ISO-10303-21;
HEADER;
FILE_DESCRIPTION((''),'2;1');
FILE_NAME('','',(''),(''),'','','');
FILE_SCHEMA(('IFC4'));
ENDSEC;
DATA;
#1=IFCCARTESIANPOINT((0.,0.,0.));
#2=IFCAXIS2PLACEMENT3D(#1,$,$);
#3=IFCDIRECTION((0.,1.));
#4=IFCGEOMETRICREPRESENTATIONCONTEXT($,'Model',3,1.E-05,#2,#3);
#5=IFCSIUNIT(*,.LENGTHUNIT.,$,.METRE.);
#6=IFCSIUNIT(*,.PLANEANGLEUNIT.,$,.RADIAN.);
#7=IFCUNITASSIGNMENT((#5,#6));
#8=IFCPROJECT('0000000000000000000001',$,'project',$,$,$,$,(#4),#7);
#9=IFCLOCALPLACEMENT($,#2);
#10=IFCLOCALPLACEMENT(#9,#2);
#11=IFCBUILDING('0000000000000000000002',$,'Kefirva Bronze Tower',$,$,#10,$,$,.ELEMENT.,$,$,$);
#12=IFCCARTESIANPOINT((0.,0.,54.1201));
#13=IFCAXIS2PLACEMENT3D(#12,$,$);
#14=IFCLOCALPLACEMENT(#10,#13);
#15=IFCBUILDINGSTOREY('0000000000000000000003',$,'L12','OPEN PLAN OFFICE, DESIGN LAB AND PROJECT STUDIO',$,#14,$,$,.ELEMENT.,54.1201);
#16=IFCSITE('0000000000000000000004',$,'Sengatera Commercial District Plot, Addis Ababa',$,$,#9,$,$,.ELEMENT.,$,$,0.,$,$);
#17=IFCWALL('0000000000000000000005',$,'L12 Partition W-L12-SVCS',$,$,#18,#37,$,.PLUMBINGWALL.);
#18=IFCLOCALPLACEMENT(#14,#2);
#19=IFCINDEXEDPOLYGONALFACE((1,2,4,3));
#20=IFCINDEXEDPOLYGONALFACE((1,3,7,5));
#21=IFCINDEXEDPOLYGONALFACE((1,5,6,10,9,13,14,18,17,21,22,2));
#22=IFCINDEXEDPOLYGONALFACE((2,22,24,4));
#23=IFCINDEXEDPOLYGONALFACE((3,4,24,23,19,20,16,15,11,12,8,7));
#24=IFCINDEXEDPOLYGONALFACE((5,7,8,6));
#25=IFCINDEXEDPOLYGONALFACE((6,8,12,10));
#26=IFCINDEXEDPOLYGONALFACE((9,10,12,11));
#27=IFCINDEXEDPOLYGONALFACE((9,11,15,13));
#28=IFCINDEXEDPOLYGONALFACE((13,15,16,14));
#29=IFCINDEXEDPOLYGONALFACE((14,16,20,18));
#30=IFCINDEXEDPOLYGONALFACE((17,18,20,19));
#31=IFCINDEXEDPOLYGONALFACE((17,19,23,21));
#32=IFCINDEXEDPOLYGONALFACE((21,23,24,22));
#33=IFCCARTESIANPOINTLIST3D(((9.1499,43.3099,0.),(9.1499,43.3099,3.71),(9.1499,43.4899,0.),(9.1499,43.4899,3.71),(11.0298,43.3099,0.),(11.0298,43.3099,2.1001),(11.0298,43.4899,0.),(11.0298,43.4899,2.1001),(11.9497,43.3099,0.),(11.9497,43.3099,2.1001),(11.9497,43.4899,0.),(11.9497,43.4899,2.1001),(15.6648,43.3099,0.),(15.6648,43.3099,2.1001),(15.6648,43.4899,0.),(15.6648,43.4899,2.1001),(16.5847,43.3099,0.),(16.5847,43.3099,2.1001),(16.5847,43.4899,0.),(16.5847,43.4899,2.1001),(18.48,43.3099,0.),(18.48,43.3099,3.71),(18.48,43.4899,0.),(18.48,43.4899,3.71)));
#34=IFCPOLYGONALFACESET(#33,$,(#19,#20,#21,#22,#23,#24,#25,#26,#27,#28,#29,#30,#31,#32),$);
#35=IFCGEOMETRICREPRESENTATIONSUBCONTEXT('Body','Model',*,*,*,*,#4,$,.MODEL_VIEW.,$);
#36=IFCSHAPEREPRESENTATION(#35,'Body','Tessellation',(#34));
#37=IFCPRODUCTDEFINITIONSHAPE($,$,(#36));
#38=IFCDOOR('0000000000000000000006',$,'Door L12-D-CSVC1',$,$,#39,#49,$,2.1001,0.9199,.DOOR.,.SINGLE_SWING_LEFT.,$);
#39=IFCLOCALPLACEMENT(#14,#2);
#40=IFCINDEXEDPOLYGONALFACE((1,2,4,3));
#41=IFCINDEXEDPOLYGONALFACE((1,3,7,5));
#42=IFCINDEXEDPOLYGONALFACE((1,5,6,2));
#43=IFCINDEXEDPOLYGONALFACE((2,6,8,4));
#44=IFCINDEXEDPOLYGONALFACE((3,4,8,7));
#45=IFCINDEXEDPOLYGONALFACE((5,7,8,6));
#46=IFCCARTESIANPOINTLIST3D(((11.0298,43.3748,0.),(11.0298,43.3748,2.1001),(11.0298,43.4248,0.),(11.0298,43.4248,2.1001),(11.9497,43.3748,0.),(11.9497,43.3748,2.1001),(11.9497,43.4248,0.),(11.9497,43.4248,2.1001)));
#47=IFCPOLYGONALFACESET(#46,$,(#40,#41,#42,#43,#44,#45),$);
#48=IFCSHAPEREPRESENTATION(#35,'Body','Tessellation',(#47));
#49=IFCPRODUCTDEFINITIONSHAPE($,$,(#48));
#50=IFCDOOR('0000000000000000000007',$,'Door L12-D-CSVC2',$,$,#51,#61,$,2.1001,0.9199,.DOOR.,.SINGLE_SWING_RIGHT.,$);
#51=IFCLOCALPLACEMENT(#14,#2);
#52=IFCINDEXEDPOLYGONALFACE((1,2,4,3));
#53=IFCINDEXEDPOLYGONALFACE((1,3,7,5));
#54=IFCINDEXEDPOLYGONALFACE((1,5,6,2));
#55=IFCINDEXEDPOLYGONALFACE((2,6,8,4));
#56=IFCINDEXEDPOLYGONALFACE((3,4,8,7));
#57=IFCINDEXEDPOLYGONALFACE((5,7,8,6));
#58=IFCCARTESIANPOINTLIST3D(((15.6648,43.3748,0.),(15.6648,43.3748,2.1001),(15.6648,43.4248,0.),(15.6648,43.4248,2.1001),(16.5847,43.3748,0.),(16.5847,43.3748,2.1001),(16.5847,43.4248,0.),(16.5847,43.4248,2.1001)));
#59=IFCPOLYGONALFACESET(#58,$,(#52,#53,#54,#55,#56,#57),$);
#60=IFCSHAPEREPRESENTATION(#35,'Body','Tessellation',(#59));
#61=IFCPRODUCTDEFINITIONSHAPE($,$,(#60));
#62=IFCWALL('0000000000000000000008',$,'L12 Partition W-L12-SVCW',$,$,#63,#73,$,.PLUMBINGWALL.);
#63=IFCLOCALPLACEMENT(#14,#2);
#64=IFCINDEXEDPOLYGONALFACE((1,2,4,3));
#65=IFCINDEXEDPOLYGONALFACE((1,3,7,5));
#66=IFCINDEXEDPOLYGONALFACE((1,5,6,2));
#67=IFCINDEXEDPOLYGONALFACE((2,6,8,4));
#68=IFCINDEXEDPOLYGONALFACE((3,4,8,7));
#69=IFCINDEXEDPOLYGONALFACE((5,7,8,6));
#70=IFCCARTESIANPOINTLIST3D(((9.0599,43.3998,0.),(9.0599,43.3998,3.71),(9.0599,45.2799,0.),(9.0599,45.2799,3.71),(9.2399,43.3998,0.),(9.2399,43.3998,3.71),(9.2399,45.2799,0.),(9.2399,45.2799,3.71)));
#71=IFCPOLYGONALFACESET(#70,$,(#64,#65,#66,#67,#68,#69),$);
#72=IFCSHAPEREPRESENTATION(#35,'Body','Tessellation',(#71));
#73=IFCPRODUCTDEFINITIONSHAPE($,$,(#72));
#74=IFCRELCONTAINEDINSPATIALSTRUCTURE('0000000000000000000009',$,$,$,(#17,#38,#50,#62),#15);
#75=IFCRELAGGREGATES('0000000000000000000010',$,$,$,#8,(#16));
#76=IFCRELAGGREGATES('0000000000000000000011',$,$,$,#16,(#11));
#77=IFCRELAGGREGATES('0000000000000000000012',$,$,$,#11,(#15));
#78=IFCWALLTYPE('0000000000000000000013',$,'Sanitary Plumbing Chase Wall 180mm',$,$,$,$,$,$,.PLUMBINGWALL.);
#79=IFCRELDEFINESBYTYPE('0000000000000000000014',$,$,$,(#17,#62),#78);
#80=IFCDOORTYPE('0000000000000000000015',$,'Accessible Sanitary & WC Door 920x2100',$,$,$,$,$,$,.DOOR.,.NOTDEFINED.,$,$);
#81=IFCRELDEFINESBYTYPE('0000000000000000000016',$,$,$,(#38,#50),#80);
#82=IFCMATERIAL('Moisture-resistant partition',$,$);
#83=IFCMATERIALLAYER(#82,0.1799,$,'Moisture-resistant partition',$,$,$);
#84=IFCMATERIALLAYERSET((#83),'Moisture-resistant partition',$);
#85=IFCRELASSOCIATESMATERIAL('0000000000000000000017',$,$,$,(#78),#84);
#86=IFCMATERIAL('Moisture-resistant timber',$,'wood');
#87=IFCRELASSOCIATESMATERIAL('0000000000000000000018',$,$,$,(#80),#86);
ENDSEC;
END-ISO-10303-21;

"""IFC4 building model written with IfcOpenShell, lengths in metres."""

from ifc_helpers import new_model, si_unit, direction, frame, frame_2d, origin, place, context, subcontext, project, spatial, rectangle, extrude, material, layer, layer_set, type_object, element, fill, save


model = new_model("IFC4")

# Units and contexts
model_context = context("Model", 3, precision=1e-05, world=origin(), true_north=direction((0.0, 1.0)))
body_context = subcontext(model_context, "Body", "Model", "MODEL_VIEW")
ifc_project = project(units=[si_unit("LENGTHUNIT", "METRE"), si_unit("PLANEANGLEUNIT", "RADIAN")], contexts=[model_context])

# Site, building, storey
site_placement = place(None, origin())
site = spatial("IfcSite", under=ifc_project, at=site_placement, Name="Sengatera Commercial District Plot, Addis Ababa", CompositionType="ELEMENT", RefElevation=0.0)
building_placement = place(site_placement, origin())
building = spatial("IfcBuilding", under=site, at=building_placement, Name="Kefirva Bronze Tower", CompositionType="ELEMENT")
storey_placement = place(building_placement, frame((0.0, 0.0, 54.1201)))
storey = spatial("IfcBuildingStorey", under=building, at=storey_placement, Name="L12", Description="OPEN PLAN OFFICE, DESIGN LAB AND PROJECT STUDIO", CompositionType="ELEMENT", Elevation=54.1201)

# Wall, openings, doors
ifc_material_1 = material(Name="Moisture-resistant partition")
ifc_layer_1 = layer(ifc_material_1, 0.1799, Name="Moisture-resistant partition")
ifc_layer_set_1 = layer_set([ifc_layer_1], Name="Moisture-resistant partition")
wall_type_1 = type_object("IfcWallType", Name="Sanitary Plumbing Chase Wall 180mm", PredefinedType="PLUMBINGWALL", material=ifc_layer_set_1)
wall_1_placement = place(storey_placement, frame((9.1499, 43.3999, 0.0), z_axis=(0.0, 0.0, 1.0), x_axis=(1.0, 0.0, 0.0)))
wall_1 = element("IfcWall", 1, at=wall_1_placement, inside=storey, type_object=wall_type_1, Name="L12 Partition W-L12-SVCS", PredefinedType="PLUMBINGWALL", context=body_context, shape_type="SweptSolid", body=[
    extrude(rectangle(XDim=9.3301, YDim=0.1799, at=frame_2d((4.665, 0.0))), origin(), (0.0, 0.0, 1.0), 3.71),
])
opening_1_placement = place(wall_1_placement, frame((1.8799, 0.0, 0.0)))
opening_1 = element("IfcOpeningElement", 2, at=opening_1_placement, cuts=wall_1, PredefinedType="OPENING", context=body_context, shape_type="SweptSolid", body=[
    extrude(rectangle(XDim=0.9199, YDim=2.1001, at=frame_2d((0.46, 1.05))), frame((0.0, 0.1001, 0.0), z_axis=(0.0, -1.0, 0.0), x_axis=(1.0, 0.0, 0.0)), (0.0, 0.0, 1.0), 0.2),
])
opening_2_placement = place(wall_1_placement, frame((6.5149, 0.0, 0.0)))
opening_2 = element("IfcOpeningElement", 3, at=opening_2_placement, cuts=wall_1, PredefinedType="OPENING", context=body_context, shape_type="SweptSolid", body=[
    extrude(rectangle(XDim=0.9199, YDim=2.1001, at=frame_2d((0.46, 1.05))), frame((0.0, 0.1001, 0.0), z_axis=(0.0, -1.0, 0.0), x_axis=(1.0, 0.0, 0.0)), (0.0, 0.0, 1.0), 0.2),
])
ifc_material_2 = material(Name="Moisture-resistant timber", Category="wood")
door_type_1 = type_object("IfcDoorType", Name="Accessible Sanitary & WC Door 920x2100", OperationType="NOTDEFINED", PredefinedType="DOOR", material=ifc_material_2)
door_1_placement = place(opening_1_placement, origin())
door_1 = element("IfcDoor", 4, at=door_1_placement, inside=storey, type_object=door_type_1, Name="Door L12-D-CSVC1", OperationType="SINGLE_SWING_LEFT", OverallHeight=2.1001, OverallWidth=0.9199, PredefinedType="DOOR", context=body_context, shape_type="SweptSolid", body=[
    extrude(rectangle(XDim=0.9199, YDim=2.1001, at=frame_2d((0.46, 1.05))), frame((0.0, 0.0249, 0.0), z_axis=(0.0, -1.0, 0.0), x_axis=(1.0, 0.0, 0.0)), (0.0, 0.0, 1.0), 0.05),
])
fill(opening_1, door_1)
door_2_placement = place(opening_2_placement, origin())
door_2 = element("IfcDoor", 5, at=door_2_placement, inside=storey, type_object=door_type_1, Name="Door L12-D-CSVC2", OperationType="SINGLE_SWING_RIGHT", OverallHeight=2.1001, OverallWidth=0.9199, PredefinedType="DOOR", context=body_context, shape_type="SweptSolid", body=[
    extrude(rectangle(XDim=0.9199, YDim=2.1001, at=frame_2d((0.46, 1.05))), frame((0.0, 0.0249, 0.0), z_axis=(0.0, -1.0, 0.0), x_axis=(1.0, 0.0, 0.0)), (0.0, 0.0, 1.0), 0.05),
])
fill(opening_2, door_2)

# Wall
wall_2_placement = place(storey_placement, frame((9.1499, 43.3999, 0.0), z_axis=(0.0, 0.0, 1.0), x_axis=(0.0, 1.0, 0.0)))
element("IfcWall", 6, at=wall_2_placement, inside=storey, type_object=wall_type_1, Name="L12 Partition W-L12-SVCW", PredefinedType="PLUMBINGWALL", context=body_context, shape_type="SweptSolid", body=[
    extrude(rectangle(XDim=1.8801, YDim=0.1799, at=frame_2d((0.9399, 0.0))), origin(), (0.0, 0.0, 1.0), 3.71),
])

save(model, "model.ifc")
